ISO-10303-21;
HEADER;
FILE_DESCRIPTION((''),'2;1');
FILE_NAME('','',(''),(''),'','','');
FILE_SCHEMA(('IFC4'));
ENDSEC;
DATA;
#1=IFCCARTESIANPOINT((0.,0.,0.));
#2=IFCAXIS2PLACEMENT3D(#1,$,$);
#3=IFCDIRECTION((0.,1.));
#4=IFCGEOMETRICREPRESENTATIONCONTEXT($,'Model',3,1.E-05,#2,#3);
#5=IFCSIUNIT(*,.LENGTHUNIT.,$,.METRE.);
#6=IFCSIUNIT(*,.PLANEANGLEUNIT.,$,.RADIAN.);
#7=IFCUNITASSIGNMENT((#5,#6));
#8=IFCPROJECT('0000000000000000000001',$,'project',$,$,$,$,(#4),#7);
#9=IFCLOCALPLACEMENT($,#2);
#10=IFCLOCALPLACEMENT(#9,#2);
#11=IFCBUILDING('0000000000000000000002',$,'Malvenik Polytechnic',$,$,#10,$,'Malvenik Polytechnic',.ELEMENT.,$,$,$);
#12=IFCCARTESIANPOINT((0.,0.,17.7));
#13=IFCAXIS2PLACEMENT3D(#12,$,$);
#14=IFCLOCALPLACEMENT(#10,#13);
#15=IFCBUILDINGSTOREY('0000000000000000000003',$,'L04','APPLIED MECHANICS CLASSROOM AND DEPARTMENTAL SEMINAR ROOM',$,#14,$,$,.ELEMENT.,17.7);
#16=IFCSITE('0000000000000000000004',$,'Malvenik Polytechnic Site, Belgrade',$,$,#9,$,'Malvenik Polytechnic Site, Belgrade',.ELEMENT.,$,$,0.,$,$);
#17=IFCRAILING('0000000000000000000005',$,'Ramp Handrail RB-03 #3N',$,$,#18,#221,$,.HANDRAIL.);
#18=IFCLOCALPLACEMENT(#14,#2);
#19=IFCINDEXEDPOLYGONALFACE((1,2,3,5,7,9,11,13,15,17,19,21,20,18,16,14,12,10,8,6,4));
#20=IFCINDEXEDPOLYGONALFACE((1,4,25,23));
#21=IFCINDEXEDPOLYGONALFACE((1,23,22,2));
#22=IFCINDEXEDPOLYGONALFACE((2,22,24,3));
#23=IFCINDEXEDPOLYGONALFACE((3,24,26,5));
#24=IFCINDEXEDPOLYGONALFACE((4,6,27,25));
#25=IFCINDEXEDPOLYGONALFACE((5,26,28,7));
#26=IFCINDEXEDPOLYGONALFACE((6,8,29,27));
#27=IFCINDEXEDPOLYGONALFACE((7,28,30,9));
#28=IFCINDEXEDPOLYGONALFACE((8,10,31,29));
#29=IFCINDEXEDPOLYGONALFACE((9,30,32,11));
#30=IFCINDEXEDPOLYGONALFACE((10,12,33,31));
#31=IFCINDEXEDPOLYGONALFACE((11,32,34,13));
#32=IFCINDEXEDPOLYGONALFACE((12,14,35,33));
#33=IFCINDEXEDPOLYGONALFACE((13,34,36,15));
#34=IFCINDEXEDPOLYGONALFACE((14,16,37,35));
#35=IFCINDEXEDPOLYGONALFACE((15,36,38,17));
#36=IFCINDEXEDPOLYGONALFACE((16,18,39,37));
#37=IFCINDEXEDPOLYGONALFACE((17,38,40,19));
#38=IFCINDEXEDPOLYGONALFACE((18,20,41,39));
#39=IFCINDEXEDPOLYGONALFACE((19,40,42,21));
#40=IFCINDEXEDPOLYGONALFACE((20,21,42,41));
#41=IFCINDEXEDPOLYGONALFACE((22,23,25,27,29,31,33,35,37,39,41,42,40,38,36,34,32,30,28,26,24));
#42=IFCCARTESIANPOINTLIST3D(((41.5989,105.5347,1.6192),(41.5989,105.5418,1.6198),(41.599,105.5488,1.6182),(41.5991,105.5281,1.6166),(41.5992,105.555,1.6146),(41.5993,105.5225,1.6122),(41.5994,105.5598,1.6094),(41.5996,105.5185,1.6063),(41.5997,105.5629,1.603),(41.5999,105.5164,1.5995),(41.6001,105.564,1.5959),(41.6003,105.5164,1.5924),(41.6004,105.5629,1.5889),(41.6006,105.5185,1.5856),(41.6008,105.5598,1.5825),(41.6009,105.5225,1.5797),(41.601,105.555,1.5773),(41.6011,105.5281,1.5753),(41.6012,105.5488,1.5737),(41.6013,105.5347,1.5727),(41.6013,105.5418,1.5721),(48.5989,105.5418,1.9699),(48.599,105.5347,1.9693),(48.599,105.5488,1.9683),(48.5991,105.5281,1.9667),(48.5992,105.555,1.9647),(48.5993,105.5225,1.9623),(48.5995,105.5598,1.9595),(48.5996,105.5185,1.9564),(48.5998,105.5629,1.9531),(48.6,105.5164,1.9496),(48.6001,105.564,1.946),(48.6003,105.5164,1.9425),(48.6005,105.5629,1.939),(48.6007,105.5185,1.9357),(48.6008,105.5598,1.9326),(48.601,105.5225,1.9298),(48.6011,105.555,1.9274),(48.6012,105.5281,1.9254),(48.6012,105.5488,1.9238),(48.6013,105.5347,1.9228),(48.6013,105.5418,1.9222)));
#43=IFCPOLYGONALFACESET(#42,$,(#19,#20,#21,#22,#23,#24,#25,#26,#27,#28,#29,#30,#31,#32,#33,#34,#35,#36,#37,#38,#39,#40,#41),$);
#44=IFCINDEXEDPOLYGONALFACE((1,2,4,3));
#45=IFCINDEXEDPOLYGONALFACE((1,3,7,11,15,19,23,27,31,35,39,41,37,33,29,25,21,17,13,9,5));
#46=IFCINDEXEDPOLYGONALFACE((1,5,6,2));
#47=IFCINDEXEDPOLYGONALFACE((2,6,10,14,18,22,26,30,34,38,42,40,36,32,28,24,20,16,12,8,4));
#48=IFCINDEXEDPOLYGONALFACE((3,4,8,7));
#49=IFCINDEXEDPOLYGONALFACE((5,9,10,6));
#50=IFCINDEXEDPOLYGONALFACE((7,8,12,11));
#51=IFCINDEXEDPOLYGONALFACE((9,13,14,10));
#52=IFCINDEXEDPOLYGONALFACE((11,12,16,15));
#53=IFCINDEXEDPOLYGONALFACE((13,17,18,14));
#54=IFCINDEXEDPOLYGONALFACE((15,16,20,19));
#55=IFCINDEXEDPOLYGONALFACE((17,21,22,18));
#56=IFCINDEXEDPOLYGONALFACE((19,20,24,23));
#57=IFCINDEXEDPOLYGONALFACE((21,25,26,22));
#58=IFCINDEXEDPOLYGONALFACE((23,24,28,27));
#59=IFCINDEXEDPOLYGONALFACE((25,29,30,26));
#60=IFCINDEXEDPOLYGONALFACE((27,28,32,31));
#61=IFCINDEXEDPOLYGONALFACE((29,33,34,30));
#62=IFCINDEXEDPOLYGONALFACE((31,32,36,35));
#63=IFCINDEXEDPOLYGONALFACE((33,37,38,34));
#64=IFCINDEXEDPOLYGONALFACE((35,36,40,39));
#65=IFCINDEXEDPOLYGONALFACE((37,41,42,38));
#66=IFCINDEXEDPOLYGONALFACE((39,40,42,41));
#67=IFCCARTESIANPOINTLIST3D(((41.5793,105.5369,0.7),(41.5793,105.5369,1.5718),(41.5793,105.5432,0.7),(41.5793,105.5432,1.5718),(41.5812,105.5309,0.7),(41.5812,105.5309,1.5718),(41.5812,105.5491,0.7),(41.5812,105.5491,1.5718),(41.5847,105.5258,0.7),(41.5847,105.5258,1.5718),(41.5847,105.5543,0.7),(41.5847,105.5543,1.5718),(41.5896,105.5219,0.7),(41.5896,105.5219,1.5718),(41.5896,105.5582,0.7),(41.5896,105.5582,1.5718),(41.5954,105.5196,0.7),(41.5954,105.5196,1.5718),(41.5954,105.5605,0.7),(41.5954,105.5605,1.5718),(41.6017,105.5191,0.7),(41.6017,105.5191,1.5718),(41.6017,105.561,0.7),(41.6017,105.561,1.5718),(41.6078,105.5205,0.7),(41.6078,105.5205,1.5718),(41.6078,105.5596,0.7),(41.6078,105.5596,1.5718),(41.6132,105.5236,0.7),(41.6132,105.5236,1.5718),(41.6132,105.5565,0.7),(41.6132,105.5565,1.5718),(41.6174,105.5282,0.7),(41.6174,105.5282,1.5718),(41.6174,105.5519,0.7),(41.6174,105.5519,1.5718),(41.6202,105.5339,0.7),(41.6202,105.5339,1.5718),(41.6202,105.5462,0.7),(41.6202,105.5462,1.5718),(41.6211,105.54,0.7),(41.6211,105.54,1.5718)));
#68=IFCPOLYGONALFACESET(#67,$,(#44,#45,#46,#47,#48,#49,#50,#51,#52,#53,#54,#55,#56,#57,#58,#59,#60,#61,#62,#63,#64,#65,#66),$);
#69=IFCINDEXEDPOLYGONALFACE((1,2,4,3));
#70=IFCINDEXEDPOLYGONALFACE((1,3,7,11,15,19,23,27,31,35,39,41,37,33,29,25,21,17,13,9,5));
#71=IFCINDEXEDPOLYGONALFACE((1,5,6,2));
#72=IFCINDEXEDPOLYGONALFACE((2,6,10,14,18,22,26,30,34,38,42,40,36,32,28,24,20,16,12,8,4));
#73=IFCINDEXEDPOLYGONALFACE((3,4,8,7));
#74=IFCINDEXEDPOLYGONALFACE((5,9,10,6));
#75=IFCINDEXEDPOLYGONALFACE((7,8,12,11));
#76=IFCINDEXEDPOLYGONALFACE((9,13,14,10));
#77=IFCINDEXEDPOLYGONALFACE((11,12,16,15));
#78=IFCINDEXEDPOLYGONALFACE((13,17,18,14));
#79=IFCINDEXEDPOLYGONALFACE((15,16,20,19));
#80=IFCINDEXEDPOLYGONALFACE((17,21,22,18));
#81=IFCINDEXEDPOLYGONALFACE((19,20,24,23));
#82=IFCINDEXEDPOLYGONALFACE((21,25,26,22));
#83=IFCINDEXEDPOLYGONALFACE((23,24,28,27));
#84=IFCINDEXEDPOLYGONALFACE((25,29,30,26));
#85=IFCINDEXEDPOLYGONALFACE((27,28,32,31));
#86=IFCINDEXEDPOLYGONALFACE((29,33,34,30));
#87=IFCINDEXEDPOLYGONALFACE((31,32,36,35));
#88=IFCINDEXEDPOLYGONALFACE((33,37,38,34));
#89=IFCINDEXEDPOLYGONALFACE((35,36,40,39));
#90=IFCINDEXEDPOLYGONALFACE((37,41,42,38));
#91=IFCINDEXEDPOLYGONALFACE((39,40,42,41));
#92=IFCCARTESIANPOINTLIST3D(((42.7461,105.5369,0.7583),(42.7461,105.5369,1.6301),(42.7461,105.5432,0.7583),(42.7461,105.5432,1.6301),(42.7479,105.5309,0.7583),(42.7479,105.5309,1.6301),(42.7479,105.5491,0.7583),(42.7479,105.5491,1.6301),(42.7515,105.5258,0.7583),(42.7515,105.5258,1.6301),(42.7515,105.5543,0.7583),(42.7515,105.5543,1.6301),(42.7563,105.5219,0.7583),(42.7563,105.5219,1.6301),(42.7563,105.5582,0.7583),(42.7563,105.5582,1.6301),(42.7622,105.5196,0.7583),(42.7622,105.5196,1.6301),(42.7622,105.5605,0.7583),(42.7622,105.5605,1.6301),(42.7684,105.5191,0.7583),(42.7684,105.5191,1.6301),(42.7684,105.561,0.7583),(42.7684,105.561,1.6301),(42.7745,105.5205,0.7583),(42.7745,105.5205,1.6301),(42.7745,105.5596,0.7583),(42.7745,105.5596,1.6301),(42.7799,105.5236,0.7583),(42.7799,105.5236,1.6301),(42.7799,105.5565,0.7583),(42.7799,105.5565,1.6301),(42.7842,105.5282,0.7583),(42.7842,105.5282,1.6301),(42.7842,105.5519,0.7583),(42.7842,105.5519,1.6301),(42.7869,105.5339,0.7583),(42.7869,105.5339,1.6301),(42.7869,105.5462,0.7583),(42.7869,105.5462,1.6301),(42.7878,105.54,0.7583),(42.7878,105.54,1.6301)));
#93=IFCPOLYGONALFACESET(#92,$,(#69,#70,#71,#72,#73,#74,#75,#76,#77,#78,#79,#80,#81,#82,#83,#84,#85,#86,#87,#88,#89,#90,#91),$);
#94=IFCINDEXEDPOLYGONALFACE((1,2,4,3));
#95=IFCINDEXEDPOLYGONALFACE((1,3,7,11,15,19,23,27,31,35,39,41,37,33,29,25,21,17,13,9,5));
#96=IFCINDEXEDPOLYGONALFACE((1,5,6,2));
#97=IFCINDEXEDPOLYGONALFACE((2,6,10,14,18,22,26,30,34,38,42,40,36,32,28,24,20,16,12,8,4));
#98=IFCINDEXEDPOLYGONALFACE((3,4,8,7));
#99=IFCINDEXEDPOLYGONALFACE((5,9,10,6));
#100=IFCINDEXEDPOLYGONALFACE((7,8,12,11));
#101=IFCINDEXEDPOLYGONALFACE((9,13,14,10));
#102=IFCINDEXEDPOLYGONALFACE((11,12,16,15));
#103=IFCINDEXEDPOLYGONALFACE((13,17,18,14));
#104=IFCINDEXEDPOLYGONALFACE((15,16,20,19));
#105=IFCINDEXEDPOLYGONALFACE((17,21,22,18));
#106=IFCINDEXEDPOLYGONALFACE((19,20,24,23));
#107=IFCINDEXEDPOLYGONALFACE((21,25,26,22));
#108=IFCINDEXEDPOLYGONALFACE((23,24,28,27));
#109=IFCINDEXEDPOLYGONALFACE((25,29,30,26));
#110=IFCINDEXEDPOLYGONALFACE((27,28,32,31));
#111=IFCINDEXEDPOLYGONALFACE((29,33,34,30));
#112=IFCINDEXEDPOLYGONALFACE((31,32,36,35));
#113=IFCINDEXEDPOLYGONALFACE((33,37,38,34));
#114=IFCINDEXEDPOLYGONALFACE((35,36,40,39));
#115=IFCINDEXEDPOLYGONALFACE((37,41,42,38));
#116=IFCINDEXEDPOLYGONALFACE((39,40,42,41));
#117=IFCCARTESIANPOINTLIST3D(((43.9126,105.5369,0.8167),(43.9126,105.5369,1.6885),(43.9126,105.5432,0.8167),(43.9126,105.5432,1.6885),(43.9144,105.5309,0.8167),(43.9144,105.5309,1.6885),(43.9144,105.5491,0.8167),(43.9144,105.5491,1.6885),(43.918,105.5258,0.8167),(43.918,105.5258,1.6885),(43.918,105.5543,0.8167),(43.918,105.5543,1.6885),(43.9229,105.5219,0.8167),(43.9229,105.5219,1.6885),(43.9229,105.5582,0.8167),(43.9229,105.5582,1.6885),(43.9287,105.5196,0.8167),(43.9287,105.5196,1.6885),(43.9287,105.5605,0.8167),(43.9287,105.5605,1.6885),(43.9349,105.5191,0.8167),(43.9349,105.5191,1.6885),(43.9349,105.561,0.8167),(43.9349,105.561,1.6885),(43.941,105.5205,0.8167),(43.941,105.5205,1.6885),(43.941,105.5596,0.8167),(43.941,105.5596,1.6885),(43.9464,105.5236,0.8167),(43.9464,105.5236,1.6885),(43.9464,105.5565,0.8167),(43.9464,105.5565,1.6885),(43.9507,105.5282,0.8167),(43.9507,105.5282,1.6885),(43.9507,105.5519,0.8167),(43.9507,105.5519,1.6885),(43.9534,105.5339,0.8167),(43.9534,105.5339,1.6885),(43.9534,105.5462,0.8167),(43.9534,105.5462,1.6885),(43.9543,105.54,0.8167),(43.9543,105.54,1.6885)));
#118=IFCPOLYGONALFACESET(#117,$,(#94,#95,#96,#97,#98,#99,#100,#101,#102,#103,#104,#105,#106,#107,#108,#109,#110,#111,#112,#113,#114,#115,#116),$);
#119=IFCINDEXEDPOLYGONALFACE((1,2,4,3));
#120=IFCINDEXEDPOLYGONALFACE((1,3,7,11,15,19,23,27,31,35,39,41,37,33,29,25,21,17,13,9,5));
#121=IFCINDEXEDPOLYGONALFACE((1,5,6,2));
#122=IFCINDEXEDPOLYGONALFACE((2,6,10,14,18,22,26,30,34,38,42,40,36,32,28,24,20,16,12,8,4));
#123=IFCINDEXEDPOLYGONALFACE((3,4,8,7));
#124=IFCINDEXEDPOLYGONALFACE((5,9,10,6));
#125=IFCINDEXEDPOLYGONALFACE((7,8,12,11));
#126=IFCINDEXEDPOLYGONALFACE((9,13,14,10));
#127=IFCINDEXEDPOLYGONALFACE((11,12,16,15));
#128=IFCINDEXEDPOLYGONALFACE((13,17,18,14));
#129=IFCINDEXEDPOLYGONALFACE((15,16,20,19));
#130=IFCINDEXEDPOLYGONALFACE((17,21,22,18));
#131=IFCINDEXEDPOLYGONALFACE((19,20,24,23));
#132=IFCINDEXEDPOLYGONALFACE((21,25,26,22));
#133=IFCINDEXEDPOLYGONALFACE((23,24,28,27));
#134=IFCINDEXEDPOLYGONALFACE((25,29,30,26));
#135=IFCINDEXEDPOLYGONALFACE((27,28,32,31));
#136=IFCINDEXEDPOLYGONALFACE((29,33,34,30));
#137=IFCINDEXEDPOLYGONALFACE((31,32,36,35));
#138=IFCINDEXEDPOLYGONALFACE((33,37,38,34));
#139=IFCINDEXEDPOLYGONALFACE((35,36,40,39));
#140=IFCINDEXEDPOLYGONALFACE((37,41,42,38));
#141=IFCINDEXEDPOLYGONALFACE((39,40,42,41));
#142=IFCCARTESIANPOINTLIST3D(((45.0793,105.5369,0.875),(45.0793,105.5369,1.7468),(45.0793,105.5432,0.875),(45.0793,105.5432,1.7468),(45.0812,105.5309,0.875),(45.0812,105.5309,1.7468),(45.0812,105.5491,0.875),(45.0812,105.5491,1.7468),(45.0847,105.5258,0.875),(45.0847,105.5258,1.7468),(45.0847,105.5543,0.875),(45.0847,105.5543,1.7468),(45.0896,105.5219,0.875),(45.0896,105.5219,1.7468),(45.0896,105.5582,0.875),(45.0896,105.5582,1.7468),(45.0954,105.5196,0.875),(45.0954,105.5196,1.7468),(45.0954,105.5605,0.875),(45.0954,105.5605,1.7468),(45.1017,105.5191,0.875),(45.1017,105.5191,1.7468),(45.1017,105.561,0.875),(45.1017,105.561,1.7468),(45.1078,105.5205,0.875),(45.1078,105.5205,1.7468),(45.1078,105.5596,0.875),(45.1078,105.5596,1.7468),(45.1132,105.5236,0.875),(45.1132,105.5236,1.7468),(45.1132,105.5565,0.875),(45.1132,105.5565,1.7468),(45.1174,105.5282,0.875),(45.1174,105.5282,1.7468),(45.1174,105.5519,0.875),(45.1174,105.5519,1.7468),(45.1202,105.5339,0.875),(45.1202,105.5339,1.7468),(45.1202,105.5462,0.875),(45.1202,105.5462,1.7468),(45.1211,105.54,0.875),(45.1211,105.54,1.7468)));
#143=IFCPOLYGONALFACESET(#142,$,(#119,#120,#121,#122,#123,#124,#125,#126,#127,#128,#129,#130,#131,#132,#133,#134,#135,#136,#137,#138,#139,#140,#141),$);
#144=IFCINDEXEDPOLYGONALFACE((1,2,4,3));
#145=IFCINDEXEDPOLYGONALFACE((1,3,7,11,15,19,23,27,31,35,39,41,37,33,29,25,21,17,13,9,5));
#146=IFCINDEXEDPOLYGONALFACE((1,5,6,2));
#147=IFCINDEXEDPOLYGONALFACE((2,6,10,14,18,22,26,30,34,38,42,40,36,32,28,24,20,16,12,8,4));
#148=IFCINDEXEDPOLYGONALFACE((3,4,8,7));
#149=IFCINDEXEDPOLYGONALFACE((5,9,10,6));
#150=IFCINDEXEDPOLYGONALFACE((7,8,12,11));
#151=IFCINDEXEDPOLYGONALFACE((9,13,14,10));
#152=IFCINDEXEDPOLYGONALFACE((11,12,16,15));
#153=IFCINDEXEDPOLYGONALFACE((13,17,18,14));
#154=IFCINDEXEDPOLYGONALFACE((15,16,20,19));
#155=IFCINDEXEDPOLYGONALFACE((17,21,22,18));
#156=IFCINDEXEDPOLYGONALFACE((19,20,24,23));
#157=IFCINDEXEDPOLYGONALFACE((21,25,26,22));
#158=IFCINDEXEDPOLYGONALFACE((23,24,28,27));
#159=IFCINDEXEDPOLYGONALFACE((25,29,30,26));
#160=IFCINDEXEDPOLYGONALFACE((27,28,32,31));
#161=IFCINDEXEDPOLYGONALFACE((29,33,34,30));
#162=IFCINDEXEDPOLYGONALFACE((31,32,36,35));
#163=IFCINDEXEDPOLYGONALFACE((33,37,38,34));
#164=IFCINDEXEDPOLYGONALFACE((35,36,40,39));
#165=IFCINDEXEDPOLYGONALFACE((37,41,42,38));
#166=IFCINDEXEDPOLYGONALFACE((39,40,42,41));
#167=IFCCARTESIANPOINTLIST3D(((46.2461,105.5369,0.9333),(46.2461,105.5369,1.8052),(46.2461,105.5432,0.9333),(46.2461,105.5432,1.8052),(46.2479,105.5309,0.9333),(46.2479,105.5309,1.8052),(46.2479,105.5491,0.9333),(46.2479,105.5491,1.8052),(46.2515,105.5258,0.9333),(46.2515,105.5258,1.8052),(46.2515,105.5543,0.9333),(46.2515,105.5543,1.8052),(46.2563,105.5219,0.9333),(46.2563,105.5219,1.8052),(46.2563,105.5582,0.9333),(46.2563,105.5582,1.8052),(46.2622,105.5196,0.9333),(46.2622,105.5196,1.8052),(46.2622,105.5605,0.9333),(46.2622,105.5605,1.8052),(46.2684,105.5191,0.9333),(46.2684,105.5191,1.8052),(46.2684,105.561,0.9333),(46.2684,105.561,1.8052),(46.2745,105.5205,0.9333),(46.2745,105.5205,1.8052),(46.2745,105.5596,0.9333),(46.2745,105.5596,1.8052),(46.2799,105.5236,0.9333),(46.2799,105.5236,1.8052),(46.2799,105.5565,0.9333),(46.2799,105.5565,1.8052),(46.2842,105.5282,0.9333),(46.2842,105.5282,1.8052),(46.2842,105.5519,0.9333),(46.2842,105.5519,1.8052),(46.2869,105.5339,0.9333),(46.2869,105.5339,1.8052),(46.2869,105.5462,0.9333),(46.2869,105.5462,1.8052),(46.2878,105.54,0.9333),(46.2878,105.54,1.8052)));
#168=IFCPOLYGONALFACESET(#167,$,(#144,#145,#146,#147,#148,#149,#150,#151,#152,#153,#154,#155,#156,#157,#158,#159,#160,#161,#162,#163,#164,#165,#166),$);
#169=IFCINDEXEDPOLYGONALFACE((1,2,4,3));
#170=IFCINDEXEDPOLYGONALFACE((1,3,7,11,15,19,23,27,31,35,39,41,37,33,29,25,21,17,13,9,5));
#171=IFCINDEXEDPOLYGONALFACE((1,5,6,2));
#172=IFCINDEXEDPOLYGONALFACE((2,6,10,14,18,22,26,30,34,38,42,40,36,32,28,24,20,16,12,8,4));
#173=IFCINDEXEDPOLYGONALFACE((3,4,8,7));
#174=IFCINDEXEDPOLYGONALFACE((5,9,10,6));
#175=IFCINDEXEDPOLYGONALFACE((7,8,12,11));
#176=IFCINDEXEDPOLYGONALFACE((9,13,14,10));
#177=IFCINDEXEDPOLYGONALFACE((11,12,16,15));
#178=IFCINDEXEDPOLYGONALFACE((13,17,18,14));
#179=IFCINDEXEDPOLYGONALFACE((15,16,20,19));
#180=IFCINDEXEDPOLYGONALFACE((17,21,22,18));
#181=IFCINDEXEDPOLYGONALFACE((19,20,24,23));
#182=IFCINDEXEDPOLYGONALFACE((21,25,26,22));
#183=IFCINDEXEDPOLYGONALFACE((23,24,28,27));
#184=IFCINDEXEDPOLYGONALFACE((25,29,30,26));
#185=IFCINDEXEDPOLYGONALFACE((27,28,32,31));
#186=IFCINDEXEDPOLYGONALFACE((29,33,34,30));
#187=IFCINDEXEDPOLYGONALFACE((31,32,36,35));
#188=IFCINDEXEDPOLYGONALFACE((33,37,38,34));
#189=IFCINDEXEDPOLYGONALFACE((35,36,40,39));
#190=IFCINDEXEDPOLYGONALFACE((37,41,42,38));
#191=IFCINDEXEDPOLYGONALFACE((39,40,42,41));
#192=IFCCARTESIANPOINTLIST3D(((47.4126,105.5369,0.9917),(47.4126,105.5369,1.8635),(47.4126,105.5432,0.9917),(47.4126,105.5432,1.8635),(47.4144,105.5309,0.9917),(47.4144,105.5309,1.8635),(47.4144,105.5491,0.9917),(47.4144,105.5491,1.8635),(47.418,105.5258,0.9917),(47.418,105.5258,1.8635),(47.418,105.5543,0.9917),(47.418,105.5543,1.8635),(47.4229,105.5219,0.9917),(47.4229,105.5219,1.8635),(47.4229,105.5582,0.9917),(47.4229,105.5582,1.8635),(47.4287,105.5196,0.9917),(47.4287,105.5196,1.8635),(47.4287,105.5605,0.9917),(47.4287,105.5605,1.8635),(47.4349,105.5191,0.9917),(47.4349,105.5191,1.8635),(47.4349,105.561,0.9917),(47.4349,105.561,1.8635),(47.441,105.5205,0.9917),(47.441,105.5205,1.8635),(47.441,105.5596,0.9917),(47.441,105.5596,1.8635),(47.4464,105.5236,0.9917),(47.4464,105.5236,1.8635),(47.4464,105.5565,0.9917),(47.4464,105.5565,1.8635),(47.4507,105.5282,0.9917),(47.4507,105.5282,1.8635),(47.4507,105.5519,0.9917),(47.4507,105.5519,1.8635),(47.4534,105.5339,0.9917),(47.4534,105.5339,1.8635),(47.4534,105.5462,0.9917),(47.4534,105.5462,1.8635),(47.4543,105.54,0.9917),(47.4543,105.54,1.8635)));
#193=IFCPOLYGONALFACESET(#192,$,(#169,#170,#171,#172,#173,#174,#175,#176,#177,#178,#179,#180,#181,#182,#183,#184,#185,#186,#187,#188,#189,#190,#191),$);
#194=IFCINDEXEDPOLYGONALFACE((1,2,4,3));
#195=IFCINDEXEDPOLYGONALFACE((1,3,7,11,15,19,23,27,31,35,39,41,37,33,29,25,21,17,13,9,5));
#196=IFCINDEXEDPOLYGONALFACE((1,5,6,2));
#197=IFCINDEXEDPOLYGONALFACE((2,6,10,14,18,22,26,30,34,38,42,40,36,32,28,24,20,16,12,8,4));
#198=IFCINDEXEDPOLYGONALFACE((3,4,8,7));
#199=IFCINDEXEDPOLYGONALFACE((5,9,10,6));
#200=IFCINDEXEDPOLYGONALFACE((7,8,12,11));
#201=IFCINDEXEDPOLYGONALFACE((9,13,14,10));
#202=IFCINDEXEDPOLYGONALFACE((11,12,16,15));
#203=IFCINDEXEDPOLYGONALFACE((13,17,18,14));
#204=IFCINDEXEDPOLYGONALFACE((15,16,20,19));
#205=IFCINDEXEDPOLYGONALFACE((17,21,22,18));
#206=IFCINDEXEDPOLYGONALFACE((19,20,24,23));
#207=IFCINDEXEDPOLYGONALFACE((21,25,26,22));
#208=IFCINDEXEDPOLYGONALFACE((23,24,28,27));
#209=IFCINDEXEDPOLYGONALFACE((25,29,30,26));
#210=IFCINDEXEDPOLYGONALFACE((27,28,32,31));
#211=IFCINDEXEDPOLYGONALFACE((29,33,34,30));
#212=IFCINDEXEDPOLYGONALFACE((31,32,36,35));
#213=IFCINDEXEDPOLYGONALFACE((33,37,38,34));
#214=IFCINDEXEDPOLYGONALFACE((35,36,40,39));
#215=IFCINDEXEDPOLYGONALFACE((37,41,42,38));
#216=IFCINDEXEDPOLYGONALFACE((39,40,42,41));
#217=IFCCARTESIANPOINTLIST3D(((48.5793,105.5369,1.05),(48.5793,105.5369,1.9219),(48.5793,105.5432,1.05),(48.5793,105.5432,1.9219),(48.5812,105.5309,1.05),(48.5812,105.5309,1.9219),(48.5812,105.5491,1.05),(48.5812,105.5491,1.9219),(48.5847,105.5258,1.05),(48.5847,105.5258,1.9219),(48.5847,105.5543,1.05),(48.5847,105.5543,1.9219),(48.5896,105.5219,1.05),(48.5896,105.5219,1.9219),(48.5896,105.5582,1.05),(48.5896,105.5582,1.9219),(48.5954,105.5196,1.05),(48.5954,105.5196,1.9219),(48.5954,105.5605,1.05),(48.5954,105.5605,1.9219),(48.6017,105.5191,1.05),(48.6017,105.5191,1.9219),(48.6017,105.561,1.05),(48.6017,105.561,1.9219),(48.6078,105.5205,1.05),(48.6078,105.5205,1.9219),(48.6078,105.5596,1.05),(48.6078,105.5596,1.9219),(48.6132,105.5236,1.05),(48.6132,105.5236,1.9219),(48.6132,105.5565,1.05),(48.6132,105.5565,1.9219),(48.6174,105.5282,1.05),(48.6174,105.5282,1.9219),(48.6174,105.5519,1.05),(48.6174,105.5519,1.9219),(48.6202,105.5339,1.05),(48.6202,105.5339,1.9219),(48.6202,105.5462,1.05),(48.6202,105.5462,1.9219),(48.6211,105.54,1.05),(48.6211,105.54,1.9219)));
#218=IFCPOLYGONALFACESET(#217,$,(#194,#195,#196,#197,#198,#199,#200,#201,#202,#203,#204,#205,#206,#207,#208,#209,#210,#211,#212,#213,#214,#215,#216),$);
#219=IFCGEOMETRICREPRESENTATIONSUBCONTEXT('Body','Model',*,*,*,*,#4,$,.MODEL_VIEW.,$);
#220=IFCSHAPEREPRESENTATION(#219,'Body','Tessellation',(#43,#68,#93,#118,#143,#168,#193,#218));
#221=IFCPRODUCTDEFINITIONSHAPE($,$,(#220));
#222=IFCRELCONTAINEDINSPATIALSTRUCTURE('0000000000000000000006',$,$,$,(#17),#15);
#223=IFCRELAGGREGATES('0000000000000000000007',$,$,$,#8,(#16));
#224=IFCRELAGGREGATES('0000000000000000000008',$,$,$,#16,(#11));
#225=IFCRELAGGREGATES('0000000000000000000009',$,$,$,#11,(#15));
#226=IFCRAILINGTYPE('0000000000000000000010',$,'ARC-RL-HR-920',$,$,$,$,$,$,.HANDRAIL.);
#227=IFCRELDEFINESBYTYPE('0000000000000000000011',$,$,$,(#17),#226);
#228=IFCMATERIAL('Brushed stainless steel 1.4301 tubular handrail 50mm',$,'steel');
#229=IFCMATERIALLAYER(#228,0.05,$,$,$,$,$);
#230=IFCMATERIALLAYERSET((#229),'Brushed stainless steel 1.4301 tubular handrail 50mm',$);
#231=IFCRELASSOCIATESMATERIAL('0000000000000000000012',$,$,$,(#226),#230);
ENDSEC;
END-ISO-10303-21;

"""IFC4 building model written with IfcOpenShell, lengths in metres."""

from ifc_helpers import new_model, si_unit, direction, frame, origin, origin_2d, place, context, subcontext, project, spatial, circle, extrude, material, layer, layer_set, type_object, element, save


model = new_model("IFC4")

# Units and contexts
model_context = context("Model", 3, precision=1e-05, world=origin(), true_north=direction((0.0, 1.0)))
body_context = subcontext(model_context, "Body", "Model", "MODEL_VIEW")
ifc_project = project(units=[si_unit("LENGTHUNIT", "METRE"), si_unit("PLANEANGLEUNIT", "RADIAN")], contexts=[model_context])

# Site, building, storey
site_placement = place(None, origin())
site = spatial("IfcSite", under=ifc_project, at=site_placement, Name="Malvenik Polytechnic Site, Belgrade", LongName="Malvenik Polytechnic Site, Belgrade", CompositionType="ELEMENT", RefElevation=0.0)
building_placement = place(site_placement, origin())
building = spatial("IfcBuilding", under=site, at=building_placement, Name="Malvenik Polytechnic", LongName="Malvenik Polytechnic", CompositionType="ELEMENT")
storey_placement = place(building_placement, frame((0.0, 0.0, 17.7)))
storey = spatial("IfcBuildingStorey", under=building, at=storey_placement, Name="L04", Description="APPLIED MECHANICS CLASSROOM AND DEPARTMENTAL SEMINAR ROOM", CompositionType="ELEMENT", Elevation=17.7)

# Railing
ifc_material_1 = material(Name="Brushed stainless steel 1.4301 tubular handrail 50mm", Category="steel")
ifc_layer_1 = layer(ifc_material_1, 0.05)
ifc_layer_set_1 = layer_set([ifc_layer_1], Name="Brushed stainless steel 1.4301 tubular handrail 50mm")
railing_type_1 = type_object("IfcRailingType", Name="ARC-RL-HR-920", PredefinedType="HANDRAIL", material=ifc_layer_set_1)
railing_1_placement = place(storey_placement, frame((41.6001, 105.54, 0.7)))
element("IfcRailing", 1, at=railing_1_placement, inside=storey, type_object=railing_type_1, Name="Ramp Handrail RB-03 #3N", PredefinedType="HANDRAIL", context=body_context, shape_type="SweptSolid", body=[
    extrude(circle(Radius=0.0239, at=origin_2d()), frame((0.0, 0.0, 0.896), z_axis=(0.998752, 0.0, 0.049952), x_axis=(0.0, 1.0, 0.0)), (0.0, 0.0, 1.0), 7.0088),
    extrude(circle(Radius=0.021, at=origin_2d()), origin(), (0.0, 0.0, 1.0), 0.8718),
    extrude(circle(Radius=0.021, at=origin_2d()), frame((1.1667, 0.0, 0.0583)), (0.0, 0.0, 1.0), 0.8718),
    extrude(circle(Radius=0.021, at=origin_2d()), frame((2.3333, 0.0, 0.1167)), (0.0, 0.0, 1.0), 0.8718),
    extrude(circle(Radius=0.021, at=origin_2d()), frame((3.5, 0.0, 0.175)), (0.0, 0.0, 1.0), 0.8718),
    extrude(circle(Radius=0.021, at=origin_2d()), frame((4.6667, 0.0, 0.2334)), (0.0, 0.0, 1.0), 0.8718),
    extrude(circle(Radius=0.021, at=origin_2d()), frame((5.8333, 0.0, 0.2917)), (0.0, 0.0, 1.0), 0.8718),
    extrude(circle(Radius=0.021, at=origin_2d()), frame((7.0, 0.0, 0.3501)), (0.0, 0.0, 1.0), 0.8718),
])

save(model, "model.ifc")
